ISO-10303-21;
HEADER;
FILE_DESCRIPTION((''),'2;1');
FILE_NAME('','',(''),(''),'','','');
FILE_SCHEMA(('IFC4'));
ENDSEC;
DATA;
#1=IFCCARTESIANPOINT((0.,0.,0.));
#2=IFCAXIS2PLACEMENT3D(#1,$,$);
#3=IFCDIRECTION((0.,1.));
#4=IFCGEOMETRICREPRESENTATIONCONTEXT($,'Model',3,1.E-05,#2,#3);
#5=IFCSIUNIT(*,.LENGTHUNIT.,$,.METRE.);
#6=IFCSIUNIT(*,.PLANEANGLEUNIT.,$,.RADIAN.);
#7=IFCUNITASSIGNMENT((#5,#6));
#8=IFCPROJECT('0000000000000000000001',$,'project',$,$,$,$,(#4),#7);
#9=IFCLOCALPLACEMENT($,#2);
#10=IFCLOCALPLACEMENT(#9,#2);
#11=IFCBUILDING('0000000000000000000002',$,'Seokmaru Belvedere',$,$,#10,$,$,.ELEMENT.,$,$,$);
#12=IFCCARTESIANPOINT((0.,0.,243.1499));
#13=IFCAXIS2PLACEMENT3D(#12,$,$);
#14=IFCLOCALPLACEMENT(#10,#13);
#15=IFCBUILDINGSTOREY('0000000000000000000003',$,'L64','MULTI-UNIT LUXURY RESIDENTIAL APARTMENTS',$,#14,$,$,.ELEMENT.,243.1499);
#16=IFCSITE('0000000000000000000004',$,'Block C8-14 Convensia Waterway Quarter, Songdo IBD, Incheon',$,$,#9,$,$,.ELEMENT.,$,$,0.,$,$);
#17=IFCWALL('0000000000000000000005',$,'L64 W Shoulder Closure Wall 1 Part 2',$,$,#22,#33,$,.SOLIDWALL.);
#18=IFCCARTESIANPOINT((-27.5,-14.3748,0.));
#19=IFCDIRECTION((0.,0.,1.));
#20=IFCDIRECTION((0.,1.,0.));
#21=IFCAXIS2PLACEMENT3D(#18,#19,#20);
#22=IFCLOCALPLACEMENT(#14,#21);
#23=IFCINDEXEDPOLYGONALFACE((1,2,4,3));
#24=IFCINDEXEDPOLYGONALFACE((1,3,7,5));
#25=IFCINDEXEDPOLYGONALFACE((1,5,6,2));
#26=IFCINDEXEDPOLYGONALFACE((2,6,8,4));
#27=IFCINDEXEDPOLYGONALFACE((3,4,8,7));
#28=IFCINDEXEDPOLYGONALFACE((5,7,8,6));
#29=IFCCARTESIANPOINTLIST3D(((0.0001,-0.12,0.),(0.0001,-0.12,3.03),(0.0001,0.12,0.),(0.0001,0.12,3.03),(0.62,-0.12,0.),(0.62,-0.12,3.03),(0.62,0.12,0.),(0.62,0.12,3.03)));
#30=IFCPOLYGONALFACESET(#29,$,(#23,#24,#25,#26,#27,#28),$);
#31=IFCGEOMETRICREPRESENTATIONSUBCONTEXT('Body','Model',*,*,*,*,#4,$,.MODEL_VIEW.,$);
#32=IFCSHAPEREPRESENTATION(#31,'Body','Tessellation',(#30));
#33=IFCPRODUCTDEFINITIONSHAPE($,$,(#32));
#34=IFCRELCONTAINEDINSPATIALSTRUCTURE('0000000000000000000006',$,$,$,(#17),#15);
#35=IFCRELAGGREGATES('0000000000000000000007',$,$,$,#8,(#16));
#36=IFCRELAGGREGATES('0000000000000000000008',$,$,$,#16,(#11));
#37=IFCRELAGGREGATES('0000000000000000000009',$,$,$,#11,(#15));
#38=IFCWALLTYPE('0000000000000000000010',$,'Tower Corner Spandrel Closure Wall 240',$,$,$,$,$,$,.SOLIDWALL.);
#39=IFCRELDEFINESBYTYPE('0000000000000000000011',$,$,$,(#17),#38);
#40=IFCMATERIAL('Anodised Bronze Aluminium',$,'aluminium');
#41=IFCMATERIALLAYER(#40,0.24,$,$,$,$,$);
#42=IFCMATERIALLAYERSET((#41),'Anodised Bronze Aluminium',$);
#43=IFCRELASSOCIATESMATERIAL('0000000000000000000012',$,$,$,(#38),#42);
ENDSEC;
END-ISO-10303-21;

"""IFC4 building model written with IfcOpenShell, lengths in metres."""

from ifc_helpers import new_model, si_unit, direction, frame, frame_2d, origin, place, context, subcontext, project, spatial, rectangle, extrude, material, layer, layer_set, type_object, element, save


model = new_model("IFC4")

# Units and contexts
model_context = context("Model", 3, precision=1e-05, world=origin(), true_north=direction((0.0, 1.0)))
body_context = subcontext(model_context, "Body", "Model", "MODEL_VIEW")
ifc_project = project(units=[si_unit("LENGTHUNIT", "METRE"), si_unit("PLANEANGLEUNIT", "RADIAN")], contexts=[model_context])

# Site, building, storey
site_placement = place(None, origin())
site = spatial("IfcSite", under=ifc_project, at=site_placement, Name="Block C8-14 Convensia Waterway Quarter, Songdo IBD, Incheon", CompositionType="ELEMENT", RefElevation=0.0)
building_placement = place(site_placement, origin())
building = spatial("IfcBuilding", under=site, at=building_placement, Name="Seokmaru Belvedere", CompositionType="ELEMENT")
storey_placement = place(building_placement, frame((0.0, 0.0, 243.1499)))
storey = spatial("IfcBuildingStorey", under=building, at=storey_placement, Name="L64", Description="MULTI-UNIT LUXURY RESIDENTIAL APARTMENTS", CompositionType="ELEMENT", Elevation=243.1499)

# Shared definitions
ifc_material_1 = material(Name="Anodised Bronze Aluminium", Category="aluminium")

# Wall
ifc_layer_1 = layer(ifc_material_1, 0.24)
ifc_layer_set_1 = layer_set([ifc_layer_1], Name="Anodised Bronze Aluminium")
wall_type_1 = type_object("IfcWallType", Name="Tower Corner Spandrel Closure Wall 240", PredefinedType="SOLIDWALL", material=ifc_layer_set_1)
wall_1_placement = place(storey_placement, frame((-27.5, -14.3748, 0.0), z_axis=(0.0, 0.0, 1.0), x_axis=(0.0, 1.0, 0.0)))
element("IfcWall", 1, at=wall_1_placement, inside=storey, type_object=wall_type_1, Name="L64 W Shoulder Closure Wall 1 Part 2", PredefinedType="SOLIDWALL", context=body_context, shape_type="SweptSolid", body=[
    extrude(rectangle(XDim=0.6199, YDim=0.24, at=frame_2d((0.3101, 0.0))), origin(), (0.0, 0.0, 1.0), 3.03),
])

save(model, "model.ifc")
